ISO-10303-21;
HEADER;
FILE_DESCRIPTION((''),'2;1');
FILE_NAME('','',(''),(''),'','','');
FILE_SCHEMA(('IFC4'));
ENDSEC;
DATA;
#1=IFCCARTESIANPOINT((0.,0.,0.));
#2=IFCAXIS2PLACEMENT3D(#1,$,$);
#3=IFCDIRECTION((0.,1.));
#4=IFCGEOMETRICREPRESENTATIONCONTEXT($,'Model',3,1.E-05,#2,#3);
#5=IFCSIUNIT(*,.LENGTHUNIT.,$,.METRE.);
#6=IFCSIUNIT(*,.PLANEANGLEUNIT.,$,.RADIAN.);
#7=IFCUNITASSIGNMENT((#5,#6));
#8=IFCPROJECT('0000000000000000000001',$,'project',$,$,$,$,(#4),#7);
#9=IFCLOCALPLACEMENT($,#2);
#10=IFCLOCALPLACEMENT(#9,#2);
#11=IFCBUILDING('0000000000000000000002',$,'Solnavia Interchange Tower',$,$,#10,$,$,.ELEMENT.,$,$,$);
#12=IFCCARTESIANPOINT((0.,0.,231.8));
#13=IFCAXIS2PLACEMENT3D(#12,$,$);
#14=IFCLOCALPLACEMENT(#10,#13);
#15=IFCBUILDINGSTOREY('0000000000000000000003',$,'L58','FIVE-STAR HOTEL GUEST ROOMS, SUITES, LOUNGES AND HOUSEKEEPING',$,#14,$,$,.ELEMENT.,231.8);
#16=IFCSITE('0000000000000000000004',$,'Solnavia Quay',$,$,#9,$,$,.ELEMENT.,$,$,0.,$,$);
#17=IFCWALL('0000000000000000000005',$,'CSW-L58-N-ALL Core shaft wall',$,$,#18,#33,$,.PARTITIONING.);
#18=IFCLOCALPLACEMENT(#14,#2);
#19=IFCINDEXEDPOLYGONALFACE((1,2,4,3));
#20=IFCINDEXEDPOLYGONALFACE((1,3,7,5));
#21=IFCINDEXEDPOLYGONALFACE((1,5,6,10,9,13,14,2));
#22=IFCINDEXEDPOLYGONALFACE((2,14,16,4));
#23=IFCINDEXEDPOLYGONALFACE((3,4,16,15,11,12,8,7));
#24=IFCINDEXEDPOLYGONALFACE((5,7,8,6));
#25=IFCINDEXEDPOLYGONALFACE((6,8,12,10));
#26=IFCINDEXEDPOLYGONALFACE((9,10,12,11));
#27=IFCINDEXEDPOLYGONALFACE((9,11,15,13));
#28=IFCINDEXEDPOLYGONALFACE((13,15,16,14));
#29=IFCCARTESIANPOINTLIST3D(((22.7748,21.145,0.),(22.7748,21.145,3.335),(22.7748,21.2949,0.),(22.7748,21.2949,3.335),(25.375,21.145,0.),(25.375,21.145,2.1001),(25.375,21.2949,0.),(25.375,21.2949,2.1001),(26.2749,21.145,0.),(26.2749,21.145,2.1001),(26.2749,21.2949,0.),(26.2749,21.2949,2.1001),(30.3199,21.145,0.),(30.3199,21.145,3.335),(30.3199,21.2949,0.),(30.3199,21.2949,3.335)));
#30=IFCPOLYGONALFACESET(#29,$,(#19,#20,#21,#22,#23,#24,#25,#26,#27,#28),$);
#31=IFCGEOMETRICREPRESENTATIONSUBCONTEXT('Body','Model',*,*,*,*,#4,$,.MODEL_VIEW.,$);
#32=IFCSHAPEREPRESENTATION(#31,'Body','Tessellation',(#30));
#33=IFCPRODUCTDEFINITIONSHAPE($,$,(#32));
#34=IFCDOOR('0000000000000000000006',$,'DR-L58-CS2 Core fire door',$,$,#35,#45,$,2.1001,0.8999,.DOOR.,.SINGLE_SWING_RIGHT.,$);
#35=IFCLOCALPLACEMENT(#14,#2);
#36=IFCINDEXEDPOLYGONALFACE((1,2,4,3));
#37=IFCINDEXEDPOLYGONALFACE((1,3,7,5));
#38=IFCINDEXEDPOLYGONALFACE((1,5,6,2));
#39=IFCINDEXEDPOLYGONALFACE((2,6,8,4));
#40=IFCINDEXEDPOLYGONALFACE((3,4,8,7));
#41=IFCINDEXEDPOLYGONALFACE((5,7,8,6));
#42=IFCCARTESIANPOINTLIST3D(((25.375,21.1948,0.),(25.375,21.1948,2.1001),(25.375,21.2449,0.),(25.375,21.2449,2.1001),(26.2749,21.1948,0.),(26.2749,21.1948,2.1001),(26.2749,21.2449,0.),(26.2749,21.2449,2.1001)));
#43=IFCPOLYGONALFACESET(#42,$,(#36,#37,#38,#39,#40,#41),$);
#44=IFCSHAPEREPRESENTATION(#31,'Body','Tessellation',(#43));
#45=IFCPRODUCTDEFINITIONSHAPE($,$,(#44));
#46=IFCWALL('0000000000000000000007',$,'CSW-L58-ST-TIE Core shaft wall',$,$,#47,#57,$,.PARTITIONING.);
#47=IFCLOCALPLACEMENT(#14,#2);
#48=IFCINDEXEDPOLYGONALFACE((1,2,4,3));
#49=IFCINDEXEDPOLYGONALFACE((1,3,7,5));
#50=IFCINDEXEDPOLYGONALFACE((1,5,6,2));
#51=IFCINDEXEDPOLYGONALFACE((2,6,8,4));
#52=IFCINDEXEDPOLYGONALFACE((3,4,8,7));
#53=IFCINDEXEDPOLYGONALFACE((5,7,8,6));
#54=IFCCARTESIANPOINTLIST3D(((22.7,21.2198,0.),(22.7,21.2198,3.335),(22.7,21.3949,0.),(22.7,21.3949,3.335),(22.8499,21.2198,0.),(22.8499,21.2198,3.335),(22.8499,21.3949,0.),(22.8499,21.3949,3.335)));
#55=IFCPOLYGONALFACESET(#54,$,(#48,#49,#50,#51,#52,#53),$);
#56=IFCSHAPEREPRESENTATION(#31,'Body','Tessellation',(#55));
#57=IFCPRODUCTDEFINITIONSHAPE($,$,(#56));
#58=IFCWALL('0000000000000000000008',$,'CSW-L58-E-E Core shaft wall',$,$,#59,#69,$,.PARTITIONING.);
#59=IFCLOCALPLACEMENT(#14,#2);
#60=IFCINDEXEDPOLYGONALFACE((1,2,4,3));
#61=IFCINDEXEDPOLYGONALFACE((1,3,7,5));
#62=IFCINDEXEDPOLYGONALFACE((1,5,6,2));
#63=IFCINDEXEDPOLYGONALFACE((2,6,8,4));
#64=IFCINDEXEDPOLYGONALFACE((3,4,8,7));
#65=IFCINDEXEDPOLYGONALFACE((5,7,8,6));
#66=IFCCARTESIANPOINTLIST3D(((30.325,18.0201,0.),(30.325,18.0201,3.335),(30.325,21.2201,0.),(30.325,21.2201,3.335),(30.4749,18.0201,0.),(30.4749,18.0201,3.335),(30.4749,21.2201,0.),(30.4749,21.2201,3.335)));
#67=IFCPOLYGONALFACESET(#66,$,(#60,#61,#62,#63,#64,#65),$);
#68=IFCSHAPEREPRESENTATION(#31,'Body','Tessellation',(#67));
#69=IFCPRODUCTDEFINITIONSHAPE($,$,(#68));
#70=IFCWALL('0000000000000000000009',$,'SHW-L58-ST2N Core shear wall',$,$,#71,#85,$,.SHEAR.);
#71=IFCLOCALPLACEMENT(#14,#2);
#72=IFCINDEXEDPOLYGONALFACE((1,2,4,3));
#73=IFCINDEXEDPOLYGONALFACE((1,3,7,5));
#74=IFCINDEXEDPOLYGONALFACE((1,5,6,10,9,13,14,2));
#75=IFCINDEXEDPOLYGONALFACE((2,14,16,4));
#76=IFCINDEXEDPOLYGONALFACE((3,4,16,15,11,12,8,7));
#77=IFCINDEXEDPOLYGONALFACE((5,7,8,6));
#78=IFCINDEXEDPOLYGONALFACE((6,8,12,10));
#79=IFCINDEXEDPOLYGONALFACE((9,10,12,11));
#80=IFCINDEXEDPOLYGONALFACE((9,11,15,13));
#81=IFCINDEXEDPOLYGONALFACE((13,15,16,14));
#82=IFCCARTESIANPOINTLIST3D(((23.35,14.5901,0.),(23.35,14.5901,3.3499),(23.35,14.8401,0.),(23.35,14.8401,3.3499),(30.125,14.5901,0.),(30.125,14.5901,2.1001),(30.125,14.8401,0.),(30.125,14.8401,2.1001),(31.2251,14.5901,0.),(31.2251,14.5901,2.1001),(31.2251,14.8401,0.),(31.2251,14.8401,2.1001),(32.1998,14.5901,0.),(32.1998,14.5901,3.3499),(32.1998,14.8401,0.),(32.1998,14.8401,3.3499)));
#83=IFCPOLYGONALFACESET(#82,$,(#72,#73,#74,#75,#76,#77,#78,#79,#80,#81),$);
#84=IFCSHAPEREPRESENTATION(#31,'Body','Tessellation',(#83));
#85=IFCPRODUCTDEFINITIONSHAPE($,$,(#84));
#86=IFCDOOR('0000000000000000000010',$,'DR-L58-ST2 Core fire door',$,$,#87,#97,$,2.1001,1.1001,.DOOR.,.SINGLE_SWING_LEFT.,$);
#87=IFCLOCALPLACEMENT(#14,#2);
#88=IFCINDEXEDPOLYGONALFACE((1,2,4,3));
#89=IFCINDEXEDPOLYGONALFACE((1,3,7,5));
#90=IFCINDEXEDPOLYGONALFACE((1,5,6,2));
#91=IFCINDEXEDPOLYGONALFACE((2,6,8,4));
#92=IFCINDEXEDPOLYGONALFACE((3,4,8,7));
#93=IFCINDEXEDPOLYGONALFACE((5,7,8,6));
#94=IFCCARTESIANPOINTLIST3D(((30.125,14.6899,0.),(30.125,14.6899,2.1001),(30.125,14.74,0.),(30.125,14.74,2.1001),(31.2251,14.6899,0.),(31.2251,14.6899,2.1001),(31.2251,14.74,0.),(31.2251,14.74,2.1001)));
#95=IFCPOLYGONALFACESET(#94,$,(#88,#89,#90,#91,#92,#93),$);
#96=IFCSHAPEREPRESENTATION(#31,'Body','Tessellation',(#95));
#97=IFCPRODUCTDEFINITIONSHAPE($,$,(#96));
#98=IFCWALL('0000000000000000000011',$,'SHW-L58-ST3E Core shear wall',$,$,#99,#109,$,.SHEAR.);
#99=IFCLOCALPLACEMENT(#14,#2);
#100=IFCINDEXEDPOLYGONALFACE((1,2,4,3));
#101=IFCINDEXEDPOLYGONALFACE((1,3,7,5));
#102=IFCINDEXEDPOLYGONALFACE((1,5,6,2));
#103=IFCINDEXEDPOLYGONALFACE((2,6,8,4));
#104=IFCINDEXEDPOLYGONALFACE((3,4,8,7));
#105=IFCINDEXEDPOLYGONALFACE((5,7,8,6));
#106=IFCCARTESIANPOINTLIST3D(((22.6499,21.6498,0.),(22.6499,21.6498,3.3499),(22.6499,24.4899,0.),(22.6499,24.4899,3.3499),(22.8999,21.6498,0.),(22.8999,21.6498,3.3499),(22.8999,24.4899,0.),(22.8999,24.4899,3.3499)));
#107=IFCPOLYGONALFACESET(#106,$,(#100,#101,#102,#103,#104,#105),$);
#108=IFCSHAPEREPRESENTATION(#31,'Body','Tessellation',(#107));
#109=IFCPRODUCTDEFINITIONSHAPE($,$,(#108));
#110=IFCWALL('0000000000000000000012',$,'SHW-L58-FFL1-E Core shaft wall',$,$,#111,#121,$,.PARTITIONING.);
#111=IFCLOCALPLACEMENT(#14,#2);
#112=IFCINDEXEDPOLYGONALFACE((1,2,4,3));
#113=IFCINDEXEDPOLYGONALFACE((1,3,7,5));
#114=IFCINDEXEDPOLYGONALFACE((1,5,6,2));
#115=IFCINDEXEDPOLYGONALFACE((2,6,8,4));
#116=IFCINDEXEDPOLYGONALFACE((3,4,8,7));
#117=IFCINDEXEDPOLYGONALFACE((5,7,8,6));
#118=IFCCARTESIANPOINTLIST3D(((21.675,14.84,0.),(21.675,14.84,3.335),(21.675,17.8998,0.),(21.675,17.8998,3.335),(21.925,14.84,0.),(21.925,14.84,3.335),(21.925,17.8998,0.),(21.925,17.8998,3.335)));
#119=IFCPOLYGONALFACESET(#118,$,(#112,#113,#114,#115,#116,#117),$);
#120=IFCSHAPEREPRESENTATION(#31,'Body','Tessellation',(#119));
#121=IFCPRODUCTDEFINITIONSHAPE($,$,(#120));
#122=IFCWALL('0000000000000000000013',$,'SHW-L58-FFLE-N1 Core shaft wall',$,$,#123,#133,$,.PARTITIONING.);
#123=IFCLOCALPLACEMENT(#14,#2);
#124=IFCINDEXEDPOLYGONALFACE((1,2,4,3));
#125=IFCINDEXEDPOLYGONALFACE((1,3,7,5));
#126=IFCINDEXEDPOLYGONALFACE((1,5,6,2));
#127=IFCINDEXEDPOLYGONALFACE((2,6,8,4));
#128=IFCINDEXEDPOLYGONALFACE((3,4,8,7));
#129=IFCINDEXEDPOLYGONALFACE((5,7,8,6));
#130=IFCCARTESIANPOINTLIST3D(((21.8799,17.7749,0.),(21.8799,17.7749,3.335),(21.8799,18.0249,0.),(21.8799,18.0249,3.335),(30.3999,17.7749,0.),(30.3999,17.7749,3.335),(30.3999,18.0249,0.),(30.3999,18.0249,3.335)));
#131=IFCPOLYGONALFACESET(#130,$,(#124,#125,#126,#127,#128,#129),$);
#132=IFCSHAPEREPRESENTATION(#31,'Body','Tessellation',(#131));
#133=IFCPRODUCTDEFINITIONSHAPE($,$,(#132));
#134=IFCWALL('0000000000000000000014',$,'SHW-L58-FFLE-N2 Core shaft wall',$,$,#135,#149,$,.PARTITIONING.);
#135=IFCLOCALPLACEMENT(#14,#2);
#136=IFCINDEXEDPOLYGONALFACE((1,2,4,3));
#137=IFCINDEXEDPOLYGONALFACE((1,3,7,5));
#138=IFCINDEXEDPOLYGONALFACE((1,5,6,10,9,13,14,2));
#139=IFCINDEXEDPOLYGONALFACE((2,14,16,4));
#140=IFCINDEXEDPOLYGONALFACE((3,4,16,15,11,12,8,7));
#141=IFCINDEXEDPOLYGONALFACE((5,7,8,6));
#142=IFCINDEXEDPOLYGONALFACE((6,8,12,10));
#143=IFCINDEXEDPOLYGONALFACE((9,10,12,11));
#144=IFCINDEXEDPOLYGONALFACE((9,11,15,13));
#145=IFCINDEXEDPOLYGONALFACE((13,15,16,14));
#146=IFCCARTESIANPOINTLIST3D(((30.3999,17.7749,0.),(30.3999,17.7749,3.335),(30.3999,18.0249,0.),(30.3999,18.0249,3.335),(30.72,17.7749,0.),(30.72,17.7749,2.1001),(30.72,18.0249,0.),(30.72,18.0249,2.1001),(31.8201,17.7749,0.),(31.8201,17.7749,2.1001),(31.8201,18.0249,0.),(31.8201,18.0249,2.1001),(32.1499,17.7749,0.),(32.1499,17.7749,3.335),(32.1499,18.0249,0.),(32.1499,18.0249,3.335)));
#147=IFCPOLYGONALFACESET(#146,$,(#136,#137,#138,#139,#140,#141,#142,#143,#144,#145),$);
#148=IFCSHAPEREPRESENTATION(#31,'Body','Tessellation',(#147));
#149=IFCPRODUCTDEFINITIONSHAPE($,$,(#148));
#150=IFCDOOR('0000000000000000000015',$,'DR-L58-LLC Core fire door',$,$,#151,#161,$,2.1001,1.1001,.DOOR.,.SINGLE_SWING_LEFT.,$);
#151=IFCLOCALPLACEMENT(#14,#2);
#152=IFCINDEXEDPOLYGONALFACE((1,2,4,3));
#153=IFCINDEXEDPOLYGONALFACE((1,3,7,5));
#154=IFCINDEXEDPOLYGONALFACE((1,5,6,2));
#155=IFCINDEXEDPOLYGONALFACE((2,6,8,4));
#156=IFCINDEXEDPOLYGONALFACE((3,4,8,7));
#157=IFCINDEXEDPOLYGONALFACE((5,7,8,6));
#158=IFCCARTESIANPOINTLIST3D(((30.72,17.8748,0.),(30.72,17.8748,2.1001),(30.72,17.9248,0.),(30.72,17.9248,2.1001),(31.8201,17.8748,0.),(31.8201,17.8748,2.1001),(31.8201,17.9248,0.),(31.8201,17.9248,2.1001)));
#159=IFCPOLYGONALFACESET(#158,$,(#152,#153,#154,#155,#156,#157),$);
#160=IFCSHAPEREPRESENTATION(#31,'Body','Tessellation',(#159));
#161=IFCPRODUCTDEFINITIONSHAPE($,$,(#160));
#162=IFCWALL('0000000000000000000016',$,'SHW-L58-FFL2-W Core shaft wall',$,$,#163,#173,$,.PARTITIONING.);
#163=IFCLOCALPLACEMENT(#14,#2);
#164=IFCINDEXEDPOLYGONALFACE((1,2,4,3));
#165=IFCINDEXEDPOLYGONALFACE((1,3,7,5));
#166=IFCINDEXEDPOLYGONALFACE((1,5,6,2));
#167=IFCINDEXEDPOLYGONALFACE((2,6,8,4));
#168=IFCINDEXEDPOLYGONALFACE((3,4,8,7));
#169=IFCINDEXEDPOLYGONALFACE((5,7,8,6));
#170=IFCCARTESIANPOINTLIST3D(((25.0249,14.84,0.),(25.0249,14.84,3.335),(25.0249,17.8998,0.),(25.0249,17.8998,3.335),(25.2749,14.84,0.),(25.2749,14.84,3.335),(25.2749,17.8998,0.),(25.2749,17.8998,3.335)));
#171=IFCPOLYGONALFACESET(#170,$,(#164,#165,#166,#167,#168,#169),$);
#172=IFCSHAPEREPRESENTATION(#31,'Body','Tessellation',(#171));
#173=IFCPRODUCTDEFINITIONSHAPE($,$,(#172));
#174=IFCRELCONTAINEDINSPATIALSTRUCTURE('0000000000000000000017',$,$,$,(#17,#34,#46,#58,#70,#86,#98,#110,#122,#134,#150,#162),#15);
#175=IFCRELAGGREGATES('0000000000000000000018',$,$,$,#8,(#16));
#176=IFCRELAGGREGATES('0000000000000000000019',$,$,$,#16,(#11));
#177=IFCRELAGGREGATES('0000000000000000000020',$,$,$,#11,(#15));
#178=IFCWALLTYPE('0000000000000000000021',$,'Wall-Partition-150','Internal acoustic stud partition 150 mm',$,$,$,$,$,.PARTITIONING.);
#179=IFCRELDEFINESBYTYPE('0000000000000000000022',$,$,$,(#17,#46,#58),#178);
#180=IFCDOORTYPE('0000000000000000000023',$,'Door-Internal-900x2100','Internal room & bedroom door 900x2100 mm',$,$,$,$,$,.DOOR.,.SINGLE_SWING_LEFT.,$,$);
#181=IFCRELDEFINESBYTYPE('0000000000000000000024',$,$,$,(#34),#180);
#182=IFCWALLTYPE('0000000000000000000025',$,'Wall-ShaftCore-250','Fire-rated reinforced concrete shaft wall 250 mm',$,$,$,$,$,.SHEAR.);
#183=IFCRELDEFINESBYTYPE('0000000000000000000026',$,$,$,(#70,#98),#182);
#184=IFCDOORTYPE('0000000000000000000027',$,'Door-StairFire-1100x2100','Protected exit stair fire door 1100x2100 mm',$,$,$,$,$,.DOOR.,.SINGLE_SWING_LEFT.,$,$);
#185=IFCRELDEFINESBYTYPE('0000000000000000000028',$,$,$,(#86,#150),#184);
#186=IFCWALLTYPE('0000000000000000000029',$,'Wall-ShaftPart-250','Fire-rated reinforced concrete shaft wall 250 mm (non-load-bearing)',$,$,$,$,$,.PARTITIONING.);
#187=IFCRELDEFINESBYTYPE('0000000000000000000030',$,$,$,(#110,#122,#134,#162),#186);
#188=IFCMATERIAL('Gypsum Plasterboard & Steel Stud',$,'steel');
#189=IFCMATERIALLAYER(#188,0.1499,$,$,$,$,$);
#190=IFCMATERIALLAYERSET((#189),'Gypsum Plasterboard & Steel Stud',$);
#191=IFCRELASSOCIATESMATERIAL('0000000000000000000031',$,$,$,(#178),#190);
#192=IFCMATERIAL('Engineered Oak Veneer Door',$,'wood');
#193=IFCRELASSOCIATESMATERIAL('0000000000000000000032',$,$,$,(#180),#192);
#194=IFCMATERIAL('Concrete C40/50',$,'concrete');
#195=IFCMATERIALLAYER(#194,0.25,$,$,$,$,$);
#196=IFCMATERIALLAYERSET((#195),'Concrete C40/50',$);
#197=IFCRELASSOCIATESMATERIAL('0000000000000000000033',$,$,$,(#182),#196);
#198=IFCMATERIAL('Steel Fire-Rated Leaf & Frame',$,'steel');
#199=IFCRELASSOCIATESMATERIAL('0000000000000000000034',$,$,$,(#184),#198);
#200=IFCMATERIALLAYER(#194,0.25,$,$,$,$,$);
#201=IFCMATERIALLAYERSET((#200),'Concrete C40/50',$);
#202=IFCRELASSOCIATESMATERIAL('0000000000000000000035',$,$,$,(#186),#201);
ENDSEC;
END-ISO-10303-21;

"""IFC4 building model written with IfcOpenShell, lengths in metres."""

from ifc_helpers import new_model, si_unit, direction, frame, frame_2d, origin, place, context, subcontext, project, spatial, rectangle, extrude, material, layer, layer_set, type_object, element, fill, save


model = new_model("IFC4")

# Units and contexts
model_context = context("Model", 3, precision=1e-05, world=origin(), true_north=direction((0.0, 1.0)))
body_context = subcontext(model_context, "Body", "Model", "MODEL_VIEW")
ifc_project = project(units=[si_unit("LENGTHUNIT", "METRE"), si_unit("PLANEANGLEUNIT", "RADIAN")], contexts=[model_context])

# Site, building, storey
site_placement = place(None, origin())
site = spatial("IfcSite", under=ifc_project, at=site_placement, Name="Solnavia Quay", CompositionType="ELEMENT", RefElevation=0.0)
building_placement = place(site_placement, origin())
building = spatial("IfcBuilding", under=site, at=building_placement, Name="Solnavia Interchange Tower", CompositionType="ELEMENT")
storey_placement = place(building_placement, frame((0.0, 0.0, 231.8)))
storey = spatial("IfcBuildingStorey", under=building, at=storey_placement, Name="L58", Description="FIVE-STAR HOTEL GUEST ROOMS, SUITES, LOUNGES AND HOUSEKEEPING", CompositionType="ELEMENT", Elevation=231.8)

# Wall, opening, door
ifc_material_1 = material(Name="Gypsum Plasterboard & Steel Stud", Category="steel")
ifc_layer_1 = layer(ifc_material_1, 0.1499)
ifc_layer_set_1 = layer_set([ifc_layer_1], Name="Gypsum Plasterboard & Steel Stud")
wall_type_1 = type_object("IfcWallType", Name="Wall-Partition-150", Description="Internal acoustic stud partition 150 mm", PredefinedType="PARTITIONING", material=ifc_layer_set_1)
wall_1_placement = place(storey_placement, frame((22.7749, 21.22, 0.0), z_axis=(0.0, 0.0, 1.0), x_axis=(1.0, 0.0, 0.0)))
wall_1 = element("IfcWall", 1, at=wall_1_placement, inside=storey, type_object=wall_type_1, Name="CSW-L58-N-ALL Core shaft wall", PredefinedType="PARTITIONING", context=body_context, shape_type="SweptSolid", body=[
    extrude(rectangle(XDim=7.5452, YDim=0.1499, at=frame_2d((3.7725, 0.0))), origin(), (0.0, 0.0, 1.0), 3.335),
])
opening_1_placement = place(wall_1_placement, frame((2.6001, 0.0, 0.0)))
opening_1 = element("IfcOpeningElement", 2, at=opening_1_placement, cuts=wall_1, PredefinedType="OPENING", context=body_context, shape_type="SweptSolid", body=[
    extrude(rectangle(XDim=0.8999, YDim=2.1001, at=frame_2d((0.45, 1.05))), frame((0.0, 0.085, 0.0), z_axis=(0.0, -1.0, 0.0), x_axis=(1.0, 0.0, 0.0)), (0.0, 0.0, 1.0), 0.1699),
])
ifc_material_2 = material(Name="Engineered Oak Veneer Door", Category="wood")
door_type_1 = type_object("IfcDoorType", Name="Door-Internal-900x2100", Description="Internal room & bedroom door 900x2100 mm", OperationType="SINGLE_SWING_LEFT", PredefinedType="DOOR", material=ifc_material_2)
door_1_placement = place(opening_1_placement, origin())
door_1 = element("IfcDoor", 3, at=door_1_placement, inside=storey, type_object=door_type_1, Name="DR-L58-CS2 Core fire door", OperationType="SINGLE_SWING_RIGHT", OverallHeight=2.1001, OverallWidth=0.8999, PredefinedType="DOOR", context=body_context, shape_type="SweptSolid", body=[
    extrude(rectangle(XDim=0.8999, YDim=2.1001, at=frame_2d((0.45, 1.05))), frame((0.0, 0.0249, 0.0), z_axis=(0.0, -1.0, 0.0), x_axis=(1.0, 0.0, 0.0)), (0.0, 0.0, 1.0), 0.05),
])
fill(opening_1, door_1)

# Walls
wall_2_placement = place(storey_placement, frame((22.7749, 21.22, 0.0), z_axis=(0.0, 0.0, 1.0), x_axis=(0.0, 1.0, 0.0)))
element("IfcWall", 4, at=wall_2_placement, inside=storey, type_object=wall_type_1, Name="CSW-L58-ST-TIE Core shaft wall", PredefinedType="PARTITIONING", context=body_context, shape_type="SweptSolid", body=[
    extrude(rectangle(XDim=0.175, YDim=0.1499, at=frame_2d((0.0874, 0.0))), origin(), (0.0, 0.0, 1.0), 3.335),
])
wall_3_placement = place(storey_placement, frame((30.3999, 18.02, 0.0), z_axis=(0.0, 0.0, 1.0), x_axis=(0.0, 1.0, 0.0)))
element("IfcWall", 5, at=wall_3_placement, inside=storey, type_object=wall_type_1, Name="CSW-L58-E-E Core shaft wall", PredefinedType="PARTITIONING", context=body_context, shape_type="SweptSolid", body=[
    extrude(rectangle(XDim=3.2, YDim=0.1499, at=frame_2d((1.6001, 0.0))), origin(), (0.0, 0.0, 1.0), 3.335),
])

# Wall, opening, door
ifc_material_3 = material(Name="Concrete C40/50", Category="concrete")
ifc_layer_2 = layer(ifc_material_3, 0.25)
ifc_layer_set_2 = layer_set([ifc_layer_2], Name="Concrete C40/50")
wall_type_2 = type_object("IfcWallType", Name="Wall-ShaftCore-250", Description="Fire-rated reinforced concrete shaft wall 250 mm", PredefinedType="SHEAR", material=ifc_layer_set_2)
wall_4_placement = place(storey_placement, frame((23.3501, 14.7151, 0.0), z_axis=(0.0, 0.0, 1.0), x_axis=(1.0, 0.0, 0.0)))
wall_4 = element("IfcWall", 6, at=wall_4_placement, inside=storey, type_object=wall_type_2, Name="SHW-L58-ST2N Core shear wall", PredefinedType="SHEAR", context=body_context, shape_type="SweptSolid", body=[
    extrude(rectangle(XDim=8.8499, YDim=0.25, at=frame_2d((4.4248, 0.0))), origin(), (0.0, 0.0, 1.0), 3.3499),
])
opening_2_placement = place(wall_4_placement, frame((6.7749, 0.0, 0.0)))
opening_2 = element("IfcOpeningElement", 7, at=opening_2_placement, cuts=wall_4, PredefinedType="OPENING", context=body_context, shape_type="SweptSolid", body=[
    extrude(rectangle(XDim=1.1001, YDim=2.1001, at=frame_2d((0.55, 1.05))), frame((0.0, 0.135, 0.0), z_axis=(0.0, -1.0, 0.0), x_axis=(1.0, 0.0, 0.0)), (0.0, 0.0, 1.0), 0.27),
])
ifc_material_4 = material(Name="Steel Fire-Rated Leaf & Frame", Category="steel")
door_type_2 = type_object("IfcDoorType", Name="Door-StairFire-1100x2100", Description="Protected exit stair fire door 1100x2100 mm", OperationType="SINGLE_SWING_LEFT", PredefinedType="DOOR", material=ifc_material_4)
door_2_placement = place(opening_2_placement, origin())
door_2 = element("IfcDoor", 8, at=door_2_placement, inside=storey, type_object=door_type_2, Name="DR-L58-ST2 Core fire door", OperationType="SINGLE_SWING_LEFT", OverallHeight=2.1001, OverallWidth=1.1001, PredefinedType="DOOR", context=body_context, shape_type="SweptSolid", body=[
    extrude(rectangle(XDim=1.1001, YDim=2.1001, at=frame_2d((0.55, 1.05))), frame((0.0, 0.0249, 0.0), z_axis=(0.0, -1.0, 0.0), x_axis=(1.0, 0.0, 0.0)), (0.0, 0.0, 1.0), 0.05),
])
fill(opening_2, door_2)

# Walls
wall_5_placement = place(storey_placement, frame((22.7749, 21.6499, 0.0), z_axis=(0.0, 0.0, 1.0), x_axis=(0.0, 1.0, 0.0)))
element("IfcWall", 9, at=wall_5_placement, inside=storey, type_object=wall_type_2, Name="SHW-L58-ST3E Core shear wall", PredefinedType="SHEAR", context=body_context, shape_type="SweptSolid", body=[
    extrude(rectangle(XDim=2.8401, YDim=0.25, at=frame_2d((1.4199, 0.0))), origin(), (0.0, 0.0, 1.0), 3.3499),
])
ifc_layer_3 = layer(ifc_material_3, 0.25)
ifc_layer_set_3 = layer_set([ifc_layer_3], Name="Concrete C40/50")
wall_type_3 = type_object("IfcWallType", Name="Wall-ShaftPart-250", Description="Fire-rated reinforced concrete shaft wall 250 mm (non-load-bearing)", PredefinedType="PARTITIONING", material=ifc_layer_set_3)
wall_6_placement = place(storey_placement, frame((21.8, 14.8401, 0.0), z_axis=(0.0, 0.0, 1.0), x_axis=(0.0, 1.0, 0.0)))
element("IfcWall", 10, at=wall_6_placement, inside=storey, type_object=wall_type_3, Name="SHW-L58-FFL1-E Core shaft wall", PredefinedType="PARTITIONING", context=body_context, shape_type="SweptSolid", body=[
    extrude(rectangle(XDim=3.0598, YDim=0.25, at=frame_2d((1.5298, 0.0))), origin(), (0.0, 0.0, 1.0), 3.335),
])
wall_7_placement = place(storey_placement, frame((21.8799, 17.8999, 0.0), z_axis=(0.0, 0.0, 1.0), x_axis=(1.0, 0.0, 0.0)))
element("IfcWall", 11, at=wall_7_placement, inside=storey, type_object=wall_type_3, Name="SHW-L58-FFLE-N1 Core shaft wall", PredefinedType="PARTITIONING", context=body_context, shape_type="SweptSolid", body=[
    extrude(rectangle(XDim=8.52, YDim=0.25, at=frame_2d((4.26, 0.0))), origin(), (0.0, 0.0, 1.0), 3.335),
])

# Wall, opening, door
wall_8_placement = place(storey_placement, frame((30.3999, 17.8999, 0.0), z_axis=(0.0, 0.0, 1.0), x_axis=(1.0, 0.0, 0.0)))
wall_8 = element("IfcWall", 12, at=wall_8_placement, inside=storey, type_object=wall_type_3, Name="SHW-L58-FFLE-N2 Core shaft wall", PredefinedType="PARTITIONING", context=body_context, shape_type="SweptSolid", body=[
    extrude(rectangle(XDim=1.75, YDim=0.25, at=frame_2d((0.875, 0.0))), origin(), (0.0, 0.0, 1.0), 3.335),
])
opening_3_placement = place(wall_8_placement, frame((0.3201, 0.0, 0.0)))
opening_3 = element("IfcOpeningElement", 13, at=opening_3_placement, cuts=wall_8, PredefinedType="OPENING", context=body_context, shape_type="SweptSolid", body=[
    extrude(rectangle(XDim=1.1001, YDim=2.1001, at=frame_2d((0.55, 1.05))), frame((0.0, 0.135, 0.0), z_axis=(0.0, -1.0, 0.0), x_axis=(1.0, 0.0, 0.0)), (0.0, 0.0, 1.0), 0.27),
])
door_3_placement = place(opening_3_placement, origin())
door_3 = element("IfcDoor", 14, at=door_3_placement, inside=storey, type_object=door_type_2, Name="DR-L58-LLC Core fire door", OperationType="SINGLE_SWING_LEFT", OverallHeight=2.1001, OverallWidth=1.1001, PredefinedType="DOOR", context=body_context, shape_type="SweptSolid", body=[
    extrude(rectangle(XDim=1.1001, YDim=2.1001, at=frame_2d((0.55, 1.05))), frame((0.0, 0.0249, 0.0), z_axis=(0.0, -1.0, 0.0), x_axis=(1.0, 0.0, 0.0)), (0.0, 0.0, 1.0), 0.05),
])
fill(opening_3, door_3)

# Wall
wall_9_placement = place(storey_placement, frame((25.1499, 14.8401, 0.0), z_axis=(0.0, 0.0, 1.0), x_axis=(0.0, 1.0, 0.0)))
element("IfcWall", 15, at=wall_9_placement, inside=storey, type_object=wall_type_3, Name="SHW-L58-FFL2-W Core shaft wall", PredefinedType="PARTITIONING", context=body_context, shape_type="SweptSolid", body=[
    extrude(rectangle(XDim=3.0598, YDim=0.25, at=frame_2d((1.5298, 0.0))), origin(), (0.0, 0.0, 1.0), 3.335),
])

save(model, "model.ifc")
